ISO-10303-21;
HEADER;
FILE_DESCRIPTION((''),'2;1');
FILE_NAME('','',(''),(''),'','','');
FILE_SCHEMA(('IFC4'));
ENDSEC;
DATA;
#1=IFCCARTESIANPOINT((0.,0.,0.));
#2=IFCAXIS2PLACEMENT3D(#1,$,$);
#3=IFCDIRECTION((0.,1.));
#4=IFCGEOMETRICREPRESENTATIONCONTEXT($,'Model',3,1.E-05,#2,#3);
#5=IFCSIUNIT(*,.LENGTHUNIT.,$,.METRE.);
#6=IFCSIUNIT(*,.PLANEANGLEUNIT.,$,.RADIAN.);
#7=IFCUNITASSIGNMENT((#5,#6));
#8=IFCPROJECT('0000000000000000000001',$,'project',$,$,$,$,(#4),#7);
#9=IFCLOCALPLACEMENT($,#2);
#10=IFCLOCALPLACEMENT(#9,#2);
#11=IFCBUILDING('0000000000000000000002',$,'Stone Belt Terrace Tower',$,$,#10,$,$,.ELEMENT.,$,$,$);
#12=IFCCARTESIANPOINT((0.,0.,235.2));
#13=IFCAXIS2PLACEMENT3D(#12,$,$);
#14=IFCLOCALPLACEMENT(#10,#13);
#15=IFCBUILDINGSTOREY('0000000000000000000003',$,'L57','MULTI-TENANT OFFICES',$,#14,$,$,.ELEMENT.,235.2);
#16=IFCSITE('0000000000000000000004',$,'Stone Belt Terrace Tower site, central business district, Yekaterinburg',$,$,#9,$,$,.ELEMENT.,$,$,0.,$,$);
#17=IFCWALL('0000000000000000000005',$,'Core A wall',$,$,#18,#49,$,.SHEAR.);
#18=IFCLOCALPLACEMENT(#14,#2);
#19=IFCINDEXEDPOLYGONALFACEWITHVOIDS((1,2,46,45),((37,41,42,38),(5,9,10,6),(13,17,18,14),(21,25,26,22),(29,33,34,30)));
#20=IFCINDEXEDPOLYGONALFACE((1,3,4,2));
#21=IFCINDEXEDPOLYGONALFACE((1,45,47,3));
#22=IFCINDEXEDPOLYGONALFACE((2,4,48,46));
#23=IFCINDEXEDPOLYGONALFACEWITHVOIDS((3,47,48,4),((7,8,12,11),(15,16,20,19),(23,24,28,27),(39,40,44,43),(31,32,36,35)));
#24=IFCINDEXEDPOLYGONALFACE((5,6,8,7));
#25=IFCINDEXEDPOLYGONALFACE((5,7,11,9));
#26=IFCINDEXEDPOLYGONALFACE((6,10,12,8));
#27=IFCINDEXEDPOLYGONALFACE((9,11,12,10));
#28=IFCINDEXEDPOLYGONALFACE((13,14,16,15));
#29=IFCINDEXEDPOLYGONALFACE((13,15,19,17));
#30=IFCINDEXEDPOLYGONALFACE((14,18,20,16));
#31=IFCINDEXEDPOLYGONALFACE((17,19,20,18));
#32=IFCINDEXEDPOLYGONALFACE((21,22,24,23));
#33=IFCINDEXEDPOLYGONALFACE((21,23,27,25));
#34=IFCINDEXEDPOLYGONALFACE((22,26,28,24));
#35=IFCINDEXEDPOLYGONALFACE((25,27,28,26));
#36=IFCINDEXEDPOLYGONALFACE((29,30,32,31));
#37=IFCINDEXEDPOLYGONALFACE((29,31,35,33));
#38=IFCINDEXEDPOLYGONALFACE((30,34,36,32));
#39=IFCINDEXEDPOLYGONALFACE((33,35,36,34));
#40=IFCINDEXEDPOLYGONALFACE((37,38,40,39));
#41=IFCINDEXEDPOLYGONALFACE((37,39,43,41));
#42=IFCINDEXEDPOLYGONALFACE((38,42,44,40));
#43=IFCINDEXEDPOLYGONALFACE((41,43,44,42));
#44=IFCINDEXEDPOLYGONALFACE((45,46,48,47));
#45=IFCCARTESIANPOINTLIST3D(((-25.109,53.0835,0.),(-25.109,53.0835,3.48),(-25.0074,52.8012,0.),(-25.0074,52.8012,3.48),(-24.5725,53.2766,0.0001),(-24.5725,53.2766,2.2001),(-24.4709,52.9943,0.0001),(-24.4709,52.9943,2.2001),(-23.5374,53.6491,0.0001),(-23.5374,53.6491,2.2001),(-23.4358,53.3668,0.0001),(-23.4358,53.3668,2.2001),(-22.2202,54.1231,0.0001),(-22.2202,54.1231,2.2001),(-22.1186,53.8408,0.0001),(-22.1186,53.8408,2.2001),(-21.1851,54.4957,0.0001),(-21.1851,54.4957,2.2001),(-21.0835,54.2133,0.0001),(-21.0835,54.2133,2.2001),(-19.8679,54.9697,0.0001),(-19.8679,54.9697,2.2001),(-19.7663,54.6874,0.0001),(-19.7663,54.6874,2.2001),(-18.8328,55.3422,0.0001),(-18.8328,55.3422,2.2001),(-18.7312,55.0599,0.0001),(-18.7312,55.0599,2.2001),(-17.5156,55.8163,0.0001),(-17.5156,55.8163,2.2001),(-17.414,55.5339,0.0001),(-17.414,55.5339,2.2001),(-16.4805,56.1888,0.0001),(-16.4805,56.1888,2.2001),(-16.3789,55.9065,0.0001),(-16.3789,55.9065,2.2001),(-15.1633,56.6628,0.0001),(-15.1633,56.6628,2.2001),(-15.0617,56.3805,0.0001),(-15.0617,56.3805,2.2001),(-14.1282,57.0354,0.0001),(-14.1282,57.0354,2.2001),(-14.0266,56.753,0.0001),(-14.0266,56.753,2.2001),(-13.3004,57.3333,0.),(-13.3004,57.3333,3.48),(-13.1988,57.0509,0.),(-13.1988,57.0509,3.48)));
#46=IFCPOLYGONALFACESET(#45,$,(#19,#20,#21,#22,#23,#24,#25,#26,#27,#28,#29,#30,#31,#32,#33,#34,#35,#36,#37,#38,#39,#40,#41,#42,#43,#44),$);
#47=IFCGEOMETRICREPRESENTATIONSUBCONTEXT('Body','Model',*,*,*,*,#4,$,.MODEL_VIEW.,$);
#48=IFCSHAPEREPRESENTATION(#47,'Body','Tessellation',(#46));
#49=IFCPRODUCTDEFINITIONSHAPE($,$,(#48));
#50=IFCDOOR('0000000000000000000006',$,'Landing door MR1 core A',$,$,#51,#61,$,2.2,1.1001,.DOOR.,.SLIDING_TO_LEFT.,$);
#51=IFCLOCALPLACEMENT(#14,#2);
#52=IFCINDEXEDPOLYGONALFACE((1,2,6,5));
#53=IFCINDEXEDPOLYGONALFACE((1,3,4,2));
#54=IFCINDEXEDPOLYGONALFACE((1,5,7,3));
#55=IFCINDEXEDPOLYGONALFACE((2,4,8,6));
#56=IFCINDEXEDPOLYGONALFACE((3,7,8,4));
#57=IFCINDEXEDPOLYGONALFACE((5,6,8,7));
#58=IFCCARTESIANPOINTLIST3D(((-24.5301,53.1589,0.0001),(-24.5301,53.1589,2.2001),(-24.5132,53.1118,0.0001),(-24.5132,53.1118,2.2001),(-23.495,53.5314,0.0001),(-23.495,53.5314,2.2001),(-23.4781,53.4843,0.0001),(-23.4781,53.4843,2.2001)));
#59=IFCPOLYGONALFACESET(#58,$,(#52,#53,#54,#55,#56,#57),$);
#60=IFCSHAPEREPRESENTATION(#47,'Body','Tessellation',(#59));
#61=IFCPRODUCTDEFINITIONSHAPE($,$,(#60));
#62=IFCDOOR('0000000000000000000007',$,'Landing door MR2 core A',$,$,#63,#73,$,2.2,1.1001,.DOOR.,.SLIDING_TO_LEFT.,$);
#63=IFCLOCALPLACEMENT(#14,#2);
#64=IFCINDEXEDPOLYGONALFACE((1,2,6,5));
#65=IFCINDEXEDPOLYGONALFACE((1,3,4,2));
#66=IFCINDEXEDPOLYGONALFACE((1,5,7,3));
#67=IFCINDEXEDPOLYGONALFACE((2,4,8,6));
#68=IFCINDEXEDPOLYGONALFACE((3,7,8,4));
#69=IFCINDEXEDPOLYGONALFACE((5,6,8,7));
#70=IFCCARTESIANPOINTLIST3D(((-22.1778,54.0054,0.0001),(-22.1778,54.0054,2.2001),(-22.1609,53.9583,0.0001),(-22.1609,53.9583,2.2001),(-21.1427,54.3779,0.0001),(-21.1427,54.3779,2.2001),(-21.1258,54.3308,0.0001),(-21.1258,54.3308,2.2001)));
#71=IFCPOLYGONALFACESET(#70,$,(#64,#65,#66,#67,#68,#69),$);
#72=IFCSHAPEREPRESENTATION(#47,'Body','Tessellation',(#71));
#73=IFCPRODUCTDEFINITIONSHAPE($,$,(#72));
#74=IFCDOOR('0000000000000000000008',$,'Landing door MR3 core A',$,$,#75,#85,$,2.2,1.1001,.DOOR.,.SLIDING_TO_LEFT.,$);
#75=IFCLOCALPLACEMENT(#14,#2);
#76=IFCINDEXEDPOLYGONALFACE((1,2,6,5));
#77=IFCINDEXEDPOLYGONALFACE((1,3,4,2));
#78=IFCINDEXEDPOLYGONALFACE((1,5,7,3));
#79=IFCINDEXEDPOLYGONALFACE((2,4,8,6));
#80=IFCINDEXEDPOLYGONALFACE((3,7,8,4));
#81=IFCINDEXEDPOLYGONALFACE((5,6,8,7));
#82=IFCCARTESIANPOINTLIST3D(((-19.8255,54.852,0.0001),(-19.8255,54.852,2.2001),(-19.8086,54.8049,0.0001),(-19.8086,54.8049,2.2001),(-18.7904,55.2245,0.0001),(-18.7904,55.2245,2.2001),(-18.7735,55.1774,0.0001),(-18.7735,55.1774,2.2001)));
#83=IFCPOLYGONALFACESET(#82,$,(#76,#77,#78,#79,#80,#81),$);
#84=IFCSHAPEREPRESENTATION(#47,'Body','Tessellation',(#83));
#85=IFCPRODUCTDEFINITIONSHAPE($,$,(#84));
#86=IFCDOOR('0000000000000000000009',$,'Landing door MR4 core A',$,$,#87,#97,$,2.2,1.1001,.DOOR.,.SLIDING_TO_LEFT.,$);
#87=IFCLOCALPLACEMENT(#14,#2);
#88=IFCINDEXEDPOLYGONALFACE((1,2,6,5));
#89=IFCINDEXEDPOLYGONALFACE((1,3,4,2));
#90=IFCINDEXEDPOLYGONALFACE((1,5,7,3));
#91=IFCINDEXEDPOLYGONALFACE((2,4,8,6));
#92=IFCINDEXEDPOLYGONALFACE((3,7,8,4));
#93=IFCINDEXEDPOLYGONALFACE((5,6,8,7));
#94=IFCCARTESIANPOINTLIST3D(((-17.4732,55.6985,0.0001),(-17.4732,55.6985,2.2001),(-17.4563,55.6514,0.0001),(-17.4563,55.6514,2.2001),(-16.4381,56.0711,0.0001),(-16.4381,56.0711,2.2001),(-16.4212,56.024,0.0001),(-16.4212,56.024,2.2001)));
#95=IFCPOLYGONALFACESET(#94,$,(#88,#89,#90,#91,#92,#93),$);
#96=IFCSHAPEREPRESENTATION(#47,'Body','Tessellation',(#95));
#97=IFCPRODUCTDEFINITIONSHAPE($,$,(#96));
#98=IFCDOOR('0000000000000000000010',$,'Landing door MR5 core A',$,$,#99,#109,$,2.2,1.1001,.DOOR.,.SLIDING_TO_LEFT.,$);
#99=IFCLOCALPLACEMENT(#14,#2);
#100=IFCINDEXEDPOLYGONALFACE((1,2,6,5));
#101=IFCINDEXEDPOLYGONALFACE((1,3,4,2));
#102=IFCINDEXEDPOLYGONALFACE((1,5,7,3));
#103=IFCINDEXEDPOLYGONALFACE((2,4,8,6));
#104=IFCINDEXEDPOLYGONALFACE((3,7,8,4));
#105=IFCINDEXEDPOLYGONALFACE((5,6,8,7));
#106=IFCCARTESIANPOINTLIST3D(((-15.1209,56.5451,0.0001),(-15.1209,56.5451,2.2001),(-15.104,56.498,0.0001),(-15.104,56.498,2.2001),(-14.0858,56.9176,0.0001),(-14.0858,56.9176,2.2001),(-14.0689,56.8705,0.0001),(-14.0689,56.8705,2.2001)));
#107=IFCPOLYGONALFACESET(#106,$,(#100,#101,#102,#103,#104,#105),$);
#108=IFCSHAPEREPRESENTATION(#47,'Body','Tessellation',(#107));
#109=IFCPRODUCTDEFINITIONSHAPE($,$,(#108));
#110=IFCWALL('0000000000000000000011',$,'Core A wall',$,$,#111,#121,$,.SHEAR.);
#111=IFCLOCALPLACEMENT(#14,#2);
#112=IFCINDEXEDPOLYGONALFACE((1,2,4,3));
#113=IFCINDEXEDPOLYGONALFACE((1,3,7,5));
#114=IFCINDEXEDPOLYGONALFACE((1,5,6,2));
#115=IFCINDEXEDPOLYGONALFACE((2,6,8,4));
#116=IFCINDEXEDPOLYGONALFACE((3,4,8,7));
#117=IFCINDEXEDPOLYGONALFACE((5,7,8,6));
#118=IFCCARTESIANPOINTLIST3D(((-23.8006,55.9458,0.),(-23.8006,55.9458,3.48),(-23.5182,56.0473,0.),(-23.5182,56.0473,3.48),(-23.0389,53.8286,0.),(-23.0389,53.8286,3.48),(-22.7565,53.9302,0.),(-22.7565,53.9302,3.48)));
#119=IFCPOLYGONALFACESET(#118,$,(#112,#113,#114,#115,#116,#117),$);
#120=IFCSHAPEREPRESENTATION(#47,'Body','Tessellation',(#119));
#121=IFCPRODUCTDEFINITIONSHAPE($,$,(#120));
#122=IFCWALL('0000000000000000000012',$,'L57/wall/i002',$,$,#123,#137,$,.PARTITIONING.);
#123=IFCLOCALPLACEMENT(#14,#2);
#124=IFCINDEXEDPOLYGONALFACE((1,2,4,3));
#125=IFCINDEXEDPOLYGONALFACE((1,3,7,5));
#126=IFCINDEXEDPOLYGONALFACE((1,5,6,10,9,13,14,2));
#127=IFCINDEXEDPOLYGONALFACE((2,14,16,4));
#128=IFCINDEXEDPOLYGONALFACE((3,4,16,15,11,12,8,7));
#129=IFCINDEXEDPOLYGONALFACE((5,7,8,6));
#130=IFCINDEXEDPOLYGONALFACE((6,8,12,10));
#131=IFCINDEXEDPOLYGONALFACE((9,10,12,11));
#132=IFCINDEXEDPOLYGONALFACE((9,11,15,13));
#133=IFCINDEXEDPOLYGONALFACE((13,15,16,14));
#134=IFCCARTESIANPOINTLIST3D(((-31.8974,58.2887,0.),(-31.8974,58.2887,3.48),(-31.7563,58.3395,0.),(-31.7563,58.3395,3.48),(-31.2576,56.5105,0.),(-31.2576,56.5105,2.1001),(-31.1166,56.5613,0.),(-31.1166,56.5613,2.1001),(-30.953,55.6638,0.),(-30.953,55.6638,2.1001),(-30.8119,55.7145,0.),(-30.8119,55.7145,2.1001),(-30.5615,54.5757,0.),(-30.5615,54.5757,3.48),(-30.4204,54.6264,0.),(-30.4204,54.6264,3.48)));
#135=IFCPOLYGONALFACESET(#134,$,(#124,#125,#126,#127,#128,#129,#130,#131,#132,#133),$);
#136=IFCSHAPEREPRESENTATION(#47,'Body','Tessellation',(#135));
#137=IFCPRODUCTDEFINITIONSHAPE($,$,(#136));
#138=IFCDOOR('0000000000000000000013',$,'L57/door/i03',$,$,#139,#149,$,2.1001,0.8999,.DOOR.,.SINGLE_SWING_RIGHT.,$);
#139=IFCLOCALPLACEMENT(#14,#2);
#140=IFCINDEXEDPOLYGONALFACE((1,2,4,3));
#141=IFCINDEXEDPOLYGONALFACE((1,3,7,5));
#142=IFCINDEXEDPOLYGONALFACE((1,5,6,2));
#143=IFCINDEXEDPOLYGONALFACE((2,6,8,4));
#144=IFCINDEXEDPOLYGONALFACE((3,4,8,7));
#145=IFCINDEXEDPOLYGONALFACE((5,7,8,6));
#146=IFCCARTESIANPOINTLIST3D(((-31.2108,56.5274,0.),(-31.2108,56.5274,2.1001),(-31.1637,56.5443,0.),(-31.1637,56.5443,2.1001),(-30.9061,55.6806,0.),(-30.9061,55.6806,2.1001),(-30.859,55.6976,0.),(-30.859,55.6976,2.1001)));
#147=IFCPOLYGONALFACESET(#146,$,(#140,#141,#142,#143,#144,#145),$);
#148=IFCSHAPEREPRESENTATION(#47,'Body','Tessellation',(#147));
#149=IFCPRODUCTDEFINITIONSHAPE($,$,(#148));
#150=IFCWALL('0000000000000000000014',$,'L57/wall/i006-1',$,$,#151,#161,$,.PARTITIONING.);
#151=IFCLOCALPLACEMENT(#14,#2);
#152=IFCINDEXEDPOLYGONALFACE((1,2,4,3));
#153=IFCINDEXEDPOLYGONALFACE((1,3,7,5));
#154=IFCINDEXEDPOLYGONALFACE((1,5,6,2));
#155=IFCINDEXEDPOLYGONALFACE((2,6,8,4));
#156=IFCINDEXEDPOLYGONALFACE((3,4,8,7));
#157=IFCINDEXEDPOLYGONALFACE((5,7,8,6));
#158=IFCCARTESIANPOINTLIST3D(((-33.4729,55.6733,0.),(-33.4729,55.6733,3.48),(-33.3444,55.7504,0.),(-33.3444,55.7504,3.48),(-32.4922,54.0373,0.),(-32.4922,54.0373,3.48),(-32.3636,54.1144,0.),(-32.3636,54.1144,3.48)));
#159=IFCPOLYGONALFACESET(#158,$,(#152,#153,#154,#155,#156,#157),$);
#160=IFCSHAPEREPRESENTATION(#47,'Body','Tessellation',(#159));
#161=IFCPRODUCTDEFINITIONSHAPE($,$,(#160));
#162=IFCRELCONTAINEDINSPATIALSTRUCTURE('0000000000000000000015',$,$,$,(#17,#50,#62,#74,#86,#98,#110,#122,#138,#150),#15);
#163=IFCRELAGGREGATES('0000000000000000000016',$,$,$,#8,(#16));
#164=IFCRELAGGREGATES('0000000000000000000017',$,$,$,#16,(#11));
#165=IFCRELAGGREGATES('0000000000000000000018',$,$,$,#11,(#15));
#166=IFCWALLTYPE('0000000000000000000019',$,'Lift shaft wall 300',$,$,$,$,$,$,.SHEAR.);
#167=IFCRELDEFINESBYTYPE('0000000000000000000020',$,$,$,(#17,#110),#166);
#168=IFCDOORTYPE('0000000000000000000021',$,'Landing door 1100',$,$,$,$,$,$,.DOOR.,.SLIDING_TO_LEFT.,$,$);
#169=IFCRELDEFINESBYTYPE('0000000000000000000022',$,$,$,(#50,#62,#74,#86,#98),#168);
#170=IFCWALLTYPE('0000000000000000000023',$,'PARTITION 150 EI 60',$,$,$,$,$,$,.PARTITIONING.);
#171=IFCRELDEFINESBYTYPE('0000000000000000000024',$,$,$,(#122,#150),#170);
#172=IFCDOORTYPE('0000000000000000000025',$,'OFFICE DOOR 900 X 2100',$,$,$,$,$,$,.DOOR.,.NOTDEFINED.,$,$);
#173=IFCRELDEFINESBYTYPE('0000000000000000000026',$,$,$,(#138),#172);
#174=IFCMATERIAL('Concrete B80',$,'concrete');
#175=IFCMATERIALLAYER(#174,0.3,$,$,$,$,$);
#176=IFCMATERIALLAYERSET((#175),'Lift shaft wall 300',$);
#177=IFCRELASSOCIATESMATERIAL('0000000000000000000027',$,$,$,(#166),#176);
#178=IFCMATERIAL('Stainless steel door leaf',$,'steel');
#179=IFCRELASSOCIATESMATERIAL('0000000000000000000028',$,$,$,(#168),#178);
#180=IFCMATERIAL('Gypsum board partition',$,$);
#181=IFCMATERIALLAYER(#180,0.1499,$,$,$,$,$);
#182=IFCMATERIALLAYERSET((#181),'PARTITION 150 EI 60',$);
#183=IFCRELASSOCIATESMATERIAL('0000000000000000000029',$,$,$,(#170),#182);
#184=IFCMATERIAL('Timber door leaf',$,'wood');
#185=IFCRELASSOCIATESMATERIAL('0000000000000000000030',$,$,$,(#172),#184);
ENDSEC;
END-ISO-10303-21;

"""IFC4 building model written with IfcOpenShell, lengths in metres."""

from ifc_helpers import new_model, si_unit, direction, frame, frame_2d, origin, place, context, subcontext, project, spatial, rectangle, extrude, material, layer, layer_set, type_object, element, fill, save


model = new_model("IFC4")

# Units and contexts
model_context = context("Model", 3, precision=1e-05, world=origin(), true_north=direction((0.0, 1.0)))
body_context = subcontext(model_context, "Body", "Model", "MODEL_VIEW")
ifc_project = project(units=[si_unit("LENGTHUNIT", "METRE"), si_unit("PLANEANGLEUNIT", "RADIAN")], contexts=[model_context])

# Site, building, storey
site_placement = place(None, origin())
site = spatial("IfcSite", under=ifc_project, at=site_placement, Name="Stone Belt Terrace Tower site, central business district, Yekaterinburg", CompositionType="ELEMENT", RefElevation=0.0)
building_placement = place(site_placement, origin())
building = spatial("IfcBuilding", under=site, at=building_placement, Name="Stone Belt Terrace Tower", CompositionType="ELEMENT")
storey_placement = place(building_placement, frame((0.0, 0.0, 235.2)))
storey = spatial("IfcBuildingStorey", under=building, at=storey_placement, Name="L57", Description="MULTI-TENANT OFFICES", CompositionType="ELEMENT", Elevation=235.2)

# Shared definitions
ifc_material_1 = material(Name="Concrete B80", Category="concrete")
ifc_layer_1 = layer(ifc_material_1, 0.3)
ifc_layer_set_1 = layer_set([ifc_layer_1], Name="Lift shaft wall 300")
wall_type_1 = type_object("IfcWallType", Name="Lift shaft wall 300", PredefinedType="SHEAR", material=ifc_layer_set_1)
ifc_material_2 = material(Name="Stainless steel door leaf", Category="steel")

# Wall, openings, doors
wall_1_placement = place(storey_placement, frame((-25.0581, 52.9424, 0.0), z_axis=(0.0, 0.0, 1.0), x_axis=(0.940921, 0.338625, 0.0)))
wall_1 = element("IfcWall", 1, at=wall_1_placement, inside=storey, type_object=wall_type_1, Name="Core A wall", PredefinedType="SHEAR", context=body_context, shape_type="SweptSolid", body=[
    extrude(rectangle(XDim=12.55, YDim=0.3, at=frame_2d((6.2749, 0.0))), origin(), (0.0, 0.0, 1.0), 3.48),
])
opening_1_placement = place(wall_1_placement, frame((0.5701, 0.0, 0.0)))
opening_1 = element("IfcOpeningElement", 2, at=opening_1_placement, cuts=wall_1, PredefinedType="OPENING", context=body_context, shape_type="SweptSolid", body=[
    extrude(rectangle(XDim=1.1001, YDim=2.2, at=frame_2d((0.55, 1.1001))), frame((0.0, 0.1599, 0.0), z_axis=(0.0, -1.0, 0.0), x_axis=(1.0, 0.0, 0.0)), (0.0, 0.0, 1.0), 0.3201),
])
opening_2_placement = place(wall_1_placement, frame((3.0701, 0.0, 0.0)))
opening_2 = element("IfcOpeningElement", 3, at=opening_2_placement, cuts=wall_1, PredefinedType="OPENING", context=body_context, shape_type="SweptSolid", body=[
    extrude(rectangle(XDim=1.1001, YDim=2.2, at=frame_2d((0.55, 1.1001))), frame((0.0, 0.1599, 0.0), z_axis=(0.0, -1.0, 0.0), x_axis=(1.0, 0.0, 0.0)), (0.0, 0.0, 1.0), 0.3201),
])
opening_3_placement = place(wall_1_placement, frame((5.5701, 0.0, 0.0)))
opening_3 = element("IfcOpeningElement", 4, at=opening_3_placement, cuts=wall_1, PredefinedType="OPENING", context=body_context, shape_type="SweptSolid", body=[
    extrude(rectangle(XDim=1.1001, YDim=2.2, at=frame_2d((0.55, 1.1001))), frame((0.0, 0.1599, 0.0), z_axis=(0.0, -1.0, 0.0), x_axis=(1.0, 0.0, 0.0)), (0.0, 0.0, 1.0), 0.3201),
])
opening_4_placement = place(wall_1_placement, frame((8.0701, 0.0, 0.0)))
opening_4 = element("IfcOpeningElement", 5, at=opening_4_placement, cuts=wall_1, PredefinedType="OPENING", context=body_context, shape_type="SweptSolid", body=[
    extrude(rectangle(XDim=1.1001, YDim=2.2, at=frame_2d((0.55, 1.1001))), frame((0.0, 0.1599, 0.0), z_axis=(0.0, -1.0, 0.0), x_axis=(1.0, 0.0, 0.0)), (0.0, 0.0, 1.0), 0.3201),
])
opening_5_placement = place(wall_1_placement, frame((10.5701, 0.0, 0.0)))
opening_5 = element("IfcOpeningElement", 6, at=opening_5_placement, cuts=wall_1, PredefinedType="OPENING", context=body_context, shape_type="SweptSolid", body=[
    extrude(rectangle(XDim=1.1001, YDim=2.2, at=frame_2d((0.55, 1.1001))), frame((0.0, 0.1599, 0.0), z_axis=(0.0, -1.0, 0.0), x_axis=(1.0, 0.0, 0.0)), (0.0, 0.0, 1.0), 0.3201),
])
door_type_1 = type_object("IfcDoorType", Name="Landing door 1100", OperationType="SLIDING_TO_LEFT", PredefinedType="DOOR", material=ifc_material_2)
door_1_placement = place(opening_1_placement, origin())
door_1 = element("IfcDoor", 7, at=door_1_placement, inside=storey, type_object=door_type_1, Name="Landing door MR1 core A", OperationType="SLIDING_TO_LEFT", OverallHeight=2.2, OverallWidth=1.1001, PredefinedType="DOOR", context=body_context, shape_type="SweptSolid", body=[
    extrude(rectangle(XDim=1.1001, YDim=2.2, at=frame_2d((0.55, 1.1001))), frame((0.0, 0.0249, 0.0), z_axis=(0.0, -1.0, 0.0), x_axis=(1.0, 0.0, 0.0)), (0.0, 0.0, 1.0), 0.05),
])
fill(opening_1, door_1)
door_2_placement = place(opening_2_placement, origin())
door_2 = element("IfcDoor", 8, at=door_2_placement, inside=storey, type_object=door_type_1, Name="Landing door MR2 core A", OperationType="SLIDING_TO_LEFT", OverallHeight=2.2, OverallWidth=1.1001, PredefinedType="DOOR", context=body_context, shape_type="SweptSolid", body=[
    extrude(rectangle(XDim=1.1001, YDim=2.2, at=frame_2d((0.55, 1.1001))), frame((0.0, 0.0249, 0.0), z_axis=(0.0, -1.0, 0.0), x_axis=(1.0, 0.0, 0.0)), (0.0, 0.0, 1.0), 0.05),
])
fill(opening_2, door_2)
door_3_placement = place(opening_3_placement, origin())
door_3 = element("IfcDoor", 9, at=door_3_placement, inside=storey, type_object=door_type_1, Name="Landing door MR3 core A", OperationType="SLIDING_TO_LEFT", OverallHeight=2.2, OverallWidth=1.1001, PredefinedType="DOOR", context=body_context, shape_type="SweptSolid", body=[
    extrude(rectangle(XDim=1.1001, YDim=2.2, at=frame_2d((0.55, 1.1001))), frame((0.0, 0.0249, 0.0), z_axis=(0.0, -1.0, 0.0), x_axis=(1.0, 0.0, 0.0)), (0.0, 0.0, 1.0), 0.05),
])
fill(opening_3, door_3)
door_4_placement = place(opening_4_placement, origin())
door_4 = element("IfcDoor", 10, at=door_4_placement, inside=storey, type_object=door_type_1, Name="Landing door MR4 core A", OperationType="SLIDING_TO_LEFT", OverallHeight=2.2, OverallWidth=1.1001, PredefinedType="DOOR", context=body_context, shape_type="SweptSolid", body=[
    extrude(rectangle(XDim=1.1001, YDim=2.2, at=frame_2d((0.55, 1.1001))), frame((0.0, 0.0249, 0.0), z_axis=(0.0, -1.0, 0.0), x_axis=(1.0, 0.0, 0.0)), (0.0, 0.0, 1.0), 0.05),
])
fill(opening_4, door_4)
door_5_placement = place(opening_5_placement, origin())
door_5 = element("IfcDoor", 11, at=door_5_placement, inside=storey, type_object=door_type_1, Name="Landing door MR5 core A", OperationType="SLIDING_TO_LEFT", OverallHeight=2.2, OverallWidth=1.1001, PredefinedType="DOOR", context=body_context, shape_type="SweptSolid", body=[
    extrude(rectangle(XDim=1.1001, YDim=2.2, at=frame_2d((0.55, 1.1001))), frame((0.0, 0.0249, 0.0), z_axis=(0.0, -1.0, 0.0), x_axis=(1.0, 0.0, 0.0)), (0.0, 0.0, 1.0), 0.05),
])
fill(opening_5, door_5)

# Wall
wall_2_placement = place(storey_placement, frame((-22.8977, 53.8794, 0.0), z_axis=(0.0, 0.0, 1.0), x_axis=(-0.338535, 0.940954, 0.0)))
element("IfcWall", 12, at=wall_2_placement, inside=storey, type_object=wall_type_1, Name="Core A wall", PredefinedType="SHEAR", context=body_context, shape_type="SweptSolid", body=[
    extrude(rectangle(XDim=2.25, YDim=0.3, at=frame_2d((1.125, 0.0))), origin(), (0.0, 0.0, 1.0), 3.48),
])

# Wall, opening, door
ifc_material_3 = material(Name="Gypsum board partition")
ifc_layer_2 = layer(ifc_material_3, 0.1499)
ifc_layer_set_2 = layer_set([ifc_layer_2], Name="PARTITION 150 EI 60")
wall_type_2 = type_object("IfcWallType", Name="PARTITION 150 EI 60", PredefinedType="PARTITIONING", material=ifc_layer_set_2)
wall_3_placement = place(storey_placement, frame((-31.8269, 58.3142, 0.0), z_axis=(0.0, 0.0, 1.0), x_axis=(0.338542, -0.940951, 0.0)))
wall_3 = element("IfcWall", 13, at=wall_3_placement, inside=storey, type_object=wall_type_2, Name="L57/wall/i002", PredefinedType="PARTITIONING", context=body_context, shape_type="SweptSolid", body=[
    extrude(rectangle(XDim=3.946, YDim=0.1499, at=frame_2d((1.9731, 0.0))), origin(), (0.0, 0.0, 1.0), 3.48),
])
opening_6_placement = place(wall_3_placement, frame((1.8899, 0.0, 0.0)))
opening_6 = element("IfcOpeningElement", 14, at=opening_6_placement, cuts=wall_3, PredefinedType="OPENING", context=body_context, shape_type="SweptSolid", body=[
    extrude(rectangle(XDim=0.8999, YDim=2.1001, at=frame_2d((0.45, 1.05))), frame((0.0, 0.085, 0.0), z_axis=(0.0, -1.0, 0.0), x_axis=(1.0, 0.0, 0.0)), (0.0, 0.0, 1.0), 0.1699),
])
ifc_material_4 = material(Name="Timber door leaf", Category="wood")
door_type_2 = type_object("IfcDoorType", Name="OFFICE DOOR 900 X 2100", OperationType="NOTDEFINED", PredefinedType="DOOR", material=ifc_material_4)
door_6_placement = place(opening_6_placement, origin())
door_6 = element("IfcDoor", 15, at=door_6_placement, inside=storey, type_object=door_type_2, Name="L57/door/i03", OperationType="SINGLE_SWING_RIGHT", OverallHeight=2.1001, OverallWidth=0.8999, PredefinedType="DOOR", context=body_context, shape_type="SweptSolid", body=[
    extrude(rectangle(XDim=0.8999, YDim=2.1001, at=frame_2d((0.45, 1.05))), frame((0.0, 0.0249, 0.0), z_axis=(0.0, -1.0, 0.0), x_axis=(1.0, 0.0, 0.0)), (0.0, 0.0, 1.0), 0.05),
])
fill(opening_6, door_6)

# Wall
wall_4_placement = place(storey_placement, frame((-32.428, 54.0759, 0.0), z_axis=(0.0, 0.0, 1.0), x_axis=(-0.514157, 0.857696, 0.0)))
element("IfcWall", 16, at=wall_4_placement, inside=storey, type_object=wall_type_2, Name="L57/wall/i006-1", PredefinedType="PARTITIONING", context=body_context, shape_type="SweptSolid", body=[
    extrude(rectangle(XDim=1.9075, YDim=0.1499, at=frame_2d((0.9536, 0.0))), origin(), (0.0, 0.0, 1.0), 3.48),
])

save(model, "model.ifc")
